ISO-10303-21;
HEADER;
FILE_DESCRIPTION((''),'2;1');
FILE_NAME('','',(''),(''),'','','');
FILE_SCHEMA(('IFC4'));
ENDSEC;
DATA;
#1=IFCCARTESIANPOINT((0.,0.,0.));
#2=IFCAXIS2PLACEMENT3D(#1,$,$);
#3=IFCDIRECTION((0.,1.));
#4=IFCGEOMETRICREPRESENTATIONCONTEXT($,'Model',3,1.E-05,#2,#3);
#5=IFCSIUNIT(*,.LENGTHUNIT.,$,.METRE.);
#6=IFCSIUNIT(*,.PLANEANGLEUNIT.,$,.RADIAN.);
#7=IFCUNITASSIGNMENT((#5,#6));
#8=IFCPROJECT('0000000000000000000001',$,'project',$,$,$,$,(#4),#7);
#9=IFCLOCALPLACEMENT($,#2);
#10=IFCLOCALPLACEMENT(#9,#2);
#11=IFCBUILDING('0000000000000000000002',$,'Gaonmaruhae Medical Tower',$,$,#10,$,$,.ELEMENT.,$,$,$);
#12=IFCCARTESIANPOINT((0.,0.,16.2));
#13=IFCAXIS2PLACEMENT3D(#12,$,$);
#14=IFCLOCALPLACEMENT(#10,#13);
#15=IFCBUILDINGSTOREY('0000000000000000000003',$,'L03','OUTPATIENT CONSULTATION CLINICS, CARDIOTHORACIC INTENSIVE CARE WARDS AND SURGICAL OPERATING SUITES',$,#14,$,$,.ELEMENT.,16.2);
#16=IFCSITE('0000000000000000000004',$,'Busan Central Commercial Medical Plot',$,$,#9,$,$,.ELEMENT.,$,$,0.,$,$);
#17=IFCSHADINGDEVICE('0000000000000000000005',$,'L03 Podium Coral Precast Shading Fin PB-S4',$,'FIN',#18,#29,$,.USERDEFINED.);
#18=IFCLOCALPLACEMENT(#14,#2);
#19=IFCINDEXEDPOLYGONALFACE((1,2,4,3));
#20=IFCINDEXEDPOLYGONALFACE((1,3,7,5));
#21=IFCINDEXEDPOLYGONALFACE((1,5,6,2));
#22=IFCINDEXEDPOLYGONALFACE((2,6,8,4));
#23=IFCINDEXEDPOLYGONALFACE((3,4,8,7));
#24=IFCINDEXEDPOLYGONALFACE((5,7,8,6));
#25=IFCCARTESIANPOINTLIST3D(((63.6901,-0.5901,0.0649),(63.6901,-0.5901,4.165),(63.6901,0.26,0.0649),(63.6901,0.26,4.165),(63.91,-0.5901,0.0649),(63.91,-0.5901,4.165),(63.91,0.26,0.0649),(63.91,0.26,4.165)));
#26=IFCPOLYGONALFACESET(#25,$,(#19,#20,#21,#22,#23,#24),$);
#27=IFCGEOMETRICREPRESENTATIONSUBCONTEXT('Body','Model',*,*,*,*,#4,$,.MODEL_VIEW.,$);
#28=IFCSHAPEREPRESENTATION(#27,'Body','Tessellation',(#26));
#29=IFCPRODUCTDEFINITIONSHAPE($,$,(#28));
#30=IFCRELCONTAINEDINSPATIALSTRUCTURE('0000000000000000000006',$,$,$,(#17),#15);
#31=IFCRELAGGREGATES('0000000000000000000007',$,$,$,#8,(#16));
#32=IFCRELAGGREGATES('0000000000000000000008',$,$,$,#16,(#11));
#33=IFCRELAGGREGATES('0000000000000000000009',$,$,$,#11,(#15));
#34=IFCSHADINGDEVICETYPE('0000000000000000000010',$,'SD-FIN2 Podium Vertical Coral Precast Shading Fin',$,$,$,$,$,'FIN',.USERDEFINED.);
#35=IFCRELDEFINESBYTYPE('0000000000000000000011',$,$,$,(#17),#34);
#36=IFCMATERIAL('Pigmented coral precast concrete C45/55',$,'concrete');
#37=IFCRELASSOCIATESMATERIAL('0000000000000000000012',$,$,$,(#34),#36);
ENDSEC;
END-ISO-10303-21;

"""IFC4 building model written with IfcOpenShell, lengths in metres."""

from ifc_helpers import new_model, si_unit, direction, frame, origin, origin_2d, place, context, subcontext, project, spatial, rectangle, extrude, material, type_object, element, save


model = new_model("IFC4")

# Units and contexts
model_context = context("Model", 3, precision=1e-05, world=origin(), true_north=direction((0.0, 1.0)))
body_context = subcontext(model_context, "Body", "Model", "MODEL_VIEW")
ifc_project = project(units=[si_unit("LENGTHUNIT", "METRE"), si_unit("PLANEANGLEUNIT", "RADIAN")], contexts=[model_context])

# Site, building, storey
site_placement = place(None, origin())
site = spatial("IfcSite", under=ifc_project, at=site_placement, Name="Busan Central Commercial Medical Plot", CompositionType="ELEMENT", RefElevation=0.0)
building_placement = place(site_placement, origin())
building = spatial("IfcBuilding", under=site, at=building_placement, Name="Gaonmaruhae Medical Tower", CompositionType="ELEMENT")
storey_placement = place(building_placement, frame((0.0, 0.0, 16.2)))
storey = spatial("IfcBuildingStorey", under=building, at=storey_placement, Name="L03", Description="OUTPATIENT CONSULTATION CLINICS, CARDIOTHORACIC INTENSIVE CARE WARDS AND SURGICAL OPERATING SUITES", CompositionType="ELEMENT", Elevation=16.2)

# Shading device
ifc_material_1 = material(Name="Pigmented coral precast concrete C45/55", Category="concrete")
shading_device_type = type_object("IfcShadingDeviceType", Name="SD-FIN2 Podium Vertical Coral Precast Shading Fin", ElementType="FIN", PredefinedType="USERDEFINED", material=ifc_material_1)
shading_device_placement = place(storey_placement, frame((63.8, -0.165, 0.0649), z_axis=(0.0, 0.0, 1.0), x_axis=(-1.0, 0.0, 0.0)))
element("IfcShadingDevice", 1, at=shading_device_placement, inside=storey, type_object=shading_device_type, Name="L03 Podium Coral Precast Shading Fin PB-S4", ObjectType="FIN", PredefinedType="USERDEFINED", context=body_context, shape_type="SweptSolid", body=[
    extrude(rectangle(XDim=0.22, YDim=0.8501, at=origin_2d()), origin(), (0.0, 0.0, 1.0), 4.1001),
])

save(model, "model.ifc")
